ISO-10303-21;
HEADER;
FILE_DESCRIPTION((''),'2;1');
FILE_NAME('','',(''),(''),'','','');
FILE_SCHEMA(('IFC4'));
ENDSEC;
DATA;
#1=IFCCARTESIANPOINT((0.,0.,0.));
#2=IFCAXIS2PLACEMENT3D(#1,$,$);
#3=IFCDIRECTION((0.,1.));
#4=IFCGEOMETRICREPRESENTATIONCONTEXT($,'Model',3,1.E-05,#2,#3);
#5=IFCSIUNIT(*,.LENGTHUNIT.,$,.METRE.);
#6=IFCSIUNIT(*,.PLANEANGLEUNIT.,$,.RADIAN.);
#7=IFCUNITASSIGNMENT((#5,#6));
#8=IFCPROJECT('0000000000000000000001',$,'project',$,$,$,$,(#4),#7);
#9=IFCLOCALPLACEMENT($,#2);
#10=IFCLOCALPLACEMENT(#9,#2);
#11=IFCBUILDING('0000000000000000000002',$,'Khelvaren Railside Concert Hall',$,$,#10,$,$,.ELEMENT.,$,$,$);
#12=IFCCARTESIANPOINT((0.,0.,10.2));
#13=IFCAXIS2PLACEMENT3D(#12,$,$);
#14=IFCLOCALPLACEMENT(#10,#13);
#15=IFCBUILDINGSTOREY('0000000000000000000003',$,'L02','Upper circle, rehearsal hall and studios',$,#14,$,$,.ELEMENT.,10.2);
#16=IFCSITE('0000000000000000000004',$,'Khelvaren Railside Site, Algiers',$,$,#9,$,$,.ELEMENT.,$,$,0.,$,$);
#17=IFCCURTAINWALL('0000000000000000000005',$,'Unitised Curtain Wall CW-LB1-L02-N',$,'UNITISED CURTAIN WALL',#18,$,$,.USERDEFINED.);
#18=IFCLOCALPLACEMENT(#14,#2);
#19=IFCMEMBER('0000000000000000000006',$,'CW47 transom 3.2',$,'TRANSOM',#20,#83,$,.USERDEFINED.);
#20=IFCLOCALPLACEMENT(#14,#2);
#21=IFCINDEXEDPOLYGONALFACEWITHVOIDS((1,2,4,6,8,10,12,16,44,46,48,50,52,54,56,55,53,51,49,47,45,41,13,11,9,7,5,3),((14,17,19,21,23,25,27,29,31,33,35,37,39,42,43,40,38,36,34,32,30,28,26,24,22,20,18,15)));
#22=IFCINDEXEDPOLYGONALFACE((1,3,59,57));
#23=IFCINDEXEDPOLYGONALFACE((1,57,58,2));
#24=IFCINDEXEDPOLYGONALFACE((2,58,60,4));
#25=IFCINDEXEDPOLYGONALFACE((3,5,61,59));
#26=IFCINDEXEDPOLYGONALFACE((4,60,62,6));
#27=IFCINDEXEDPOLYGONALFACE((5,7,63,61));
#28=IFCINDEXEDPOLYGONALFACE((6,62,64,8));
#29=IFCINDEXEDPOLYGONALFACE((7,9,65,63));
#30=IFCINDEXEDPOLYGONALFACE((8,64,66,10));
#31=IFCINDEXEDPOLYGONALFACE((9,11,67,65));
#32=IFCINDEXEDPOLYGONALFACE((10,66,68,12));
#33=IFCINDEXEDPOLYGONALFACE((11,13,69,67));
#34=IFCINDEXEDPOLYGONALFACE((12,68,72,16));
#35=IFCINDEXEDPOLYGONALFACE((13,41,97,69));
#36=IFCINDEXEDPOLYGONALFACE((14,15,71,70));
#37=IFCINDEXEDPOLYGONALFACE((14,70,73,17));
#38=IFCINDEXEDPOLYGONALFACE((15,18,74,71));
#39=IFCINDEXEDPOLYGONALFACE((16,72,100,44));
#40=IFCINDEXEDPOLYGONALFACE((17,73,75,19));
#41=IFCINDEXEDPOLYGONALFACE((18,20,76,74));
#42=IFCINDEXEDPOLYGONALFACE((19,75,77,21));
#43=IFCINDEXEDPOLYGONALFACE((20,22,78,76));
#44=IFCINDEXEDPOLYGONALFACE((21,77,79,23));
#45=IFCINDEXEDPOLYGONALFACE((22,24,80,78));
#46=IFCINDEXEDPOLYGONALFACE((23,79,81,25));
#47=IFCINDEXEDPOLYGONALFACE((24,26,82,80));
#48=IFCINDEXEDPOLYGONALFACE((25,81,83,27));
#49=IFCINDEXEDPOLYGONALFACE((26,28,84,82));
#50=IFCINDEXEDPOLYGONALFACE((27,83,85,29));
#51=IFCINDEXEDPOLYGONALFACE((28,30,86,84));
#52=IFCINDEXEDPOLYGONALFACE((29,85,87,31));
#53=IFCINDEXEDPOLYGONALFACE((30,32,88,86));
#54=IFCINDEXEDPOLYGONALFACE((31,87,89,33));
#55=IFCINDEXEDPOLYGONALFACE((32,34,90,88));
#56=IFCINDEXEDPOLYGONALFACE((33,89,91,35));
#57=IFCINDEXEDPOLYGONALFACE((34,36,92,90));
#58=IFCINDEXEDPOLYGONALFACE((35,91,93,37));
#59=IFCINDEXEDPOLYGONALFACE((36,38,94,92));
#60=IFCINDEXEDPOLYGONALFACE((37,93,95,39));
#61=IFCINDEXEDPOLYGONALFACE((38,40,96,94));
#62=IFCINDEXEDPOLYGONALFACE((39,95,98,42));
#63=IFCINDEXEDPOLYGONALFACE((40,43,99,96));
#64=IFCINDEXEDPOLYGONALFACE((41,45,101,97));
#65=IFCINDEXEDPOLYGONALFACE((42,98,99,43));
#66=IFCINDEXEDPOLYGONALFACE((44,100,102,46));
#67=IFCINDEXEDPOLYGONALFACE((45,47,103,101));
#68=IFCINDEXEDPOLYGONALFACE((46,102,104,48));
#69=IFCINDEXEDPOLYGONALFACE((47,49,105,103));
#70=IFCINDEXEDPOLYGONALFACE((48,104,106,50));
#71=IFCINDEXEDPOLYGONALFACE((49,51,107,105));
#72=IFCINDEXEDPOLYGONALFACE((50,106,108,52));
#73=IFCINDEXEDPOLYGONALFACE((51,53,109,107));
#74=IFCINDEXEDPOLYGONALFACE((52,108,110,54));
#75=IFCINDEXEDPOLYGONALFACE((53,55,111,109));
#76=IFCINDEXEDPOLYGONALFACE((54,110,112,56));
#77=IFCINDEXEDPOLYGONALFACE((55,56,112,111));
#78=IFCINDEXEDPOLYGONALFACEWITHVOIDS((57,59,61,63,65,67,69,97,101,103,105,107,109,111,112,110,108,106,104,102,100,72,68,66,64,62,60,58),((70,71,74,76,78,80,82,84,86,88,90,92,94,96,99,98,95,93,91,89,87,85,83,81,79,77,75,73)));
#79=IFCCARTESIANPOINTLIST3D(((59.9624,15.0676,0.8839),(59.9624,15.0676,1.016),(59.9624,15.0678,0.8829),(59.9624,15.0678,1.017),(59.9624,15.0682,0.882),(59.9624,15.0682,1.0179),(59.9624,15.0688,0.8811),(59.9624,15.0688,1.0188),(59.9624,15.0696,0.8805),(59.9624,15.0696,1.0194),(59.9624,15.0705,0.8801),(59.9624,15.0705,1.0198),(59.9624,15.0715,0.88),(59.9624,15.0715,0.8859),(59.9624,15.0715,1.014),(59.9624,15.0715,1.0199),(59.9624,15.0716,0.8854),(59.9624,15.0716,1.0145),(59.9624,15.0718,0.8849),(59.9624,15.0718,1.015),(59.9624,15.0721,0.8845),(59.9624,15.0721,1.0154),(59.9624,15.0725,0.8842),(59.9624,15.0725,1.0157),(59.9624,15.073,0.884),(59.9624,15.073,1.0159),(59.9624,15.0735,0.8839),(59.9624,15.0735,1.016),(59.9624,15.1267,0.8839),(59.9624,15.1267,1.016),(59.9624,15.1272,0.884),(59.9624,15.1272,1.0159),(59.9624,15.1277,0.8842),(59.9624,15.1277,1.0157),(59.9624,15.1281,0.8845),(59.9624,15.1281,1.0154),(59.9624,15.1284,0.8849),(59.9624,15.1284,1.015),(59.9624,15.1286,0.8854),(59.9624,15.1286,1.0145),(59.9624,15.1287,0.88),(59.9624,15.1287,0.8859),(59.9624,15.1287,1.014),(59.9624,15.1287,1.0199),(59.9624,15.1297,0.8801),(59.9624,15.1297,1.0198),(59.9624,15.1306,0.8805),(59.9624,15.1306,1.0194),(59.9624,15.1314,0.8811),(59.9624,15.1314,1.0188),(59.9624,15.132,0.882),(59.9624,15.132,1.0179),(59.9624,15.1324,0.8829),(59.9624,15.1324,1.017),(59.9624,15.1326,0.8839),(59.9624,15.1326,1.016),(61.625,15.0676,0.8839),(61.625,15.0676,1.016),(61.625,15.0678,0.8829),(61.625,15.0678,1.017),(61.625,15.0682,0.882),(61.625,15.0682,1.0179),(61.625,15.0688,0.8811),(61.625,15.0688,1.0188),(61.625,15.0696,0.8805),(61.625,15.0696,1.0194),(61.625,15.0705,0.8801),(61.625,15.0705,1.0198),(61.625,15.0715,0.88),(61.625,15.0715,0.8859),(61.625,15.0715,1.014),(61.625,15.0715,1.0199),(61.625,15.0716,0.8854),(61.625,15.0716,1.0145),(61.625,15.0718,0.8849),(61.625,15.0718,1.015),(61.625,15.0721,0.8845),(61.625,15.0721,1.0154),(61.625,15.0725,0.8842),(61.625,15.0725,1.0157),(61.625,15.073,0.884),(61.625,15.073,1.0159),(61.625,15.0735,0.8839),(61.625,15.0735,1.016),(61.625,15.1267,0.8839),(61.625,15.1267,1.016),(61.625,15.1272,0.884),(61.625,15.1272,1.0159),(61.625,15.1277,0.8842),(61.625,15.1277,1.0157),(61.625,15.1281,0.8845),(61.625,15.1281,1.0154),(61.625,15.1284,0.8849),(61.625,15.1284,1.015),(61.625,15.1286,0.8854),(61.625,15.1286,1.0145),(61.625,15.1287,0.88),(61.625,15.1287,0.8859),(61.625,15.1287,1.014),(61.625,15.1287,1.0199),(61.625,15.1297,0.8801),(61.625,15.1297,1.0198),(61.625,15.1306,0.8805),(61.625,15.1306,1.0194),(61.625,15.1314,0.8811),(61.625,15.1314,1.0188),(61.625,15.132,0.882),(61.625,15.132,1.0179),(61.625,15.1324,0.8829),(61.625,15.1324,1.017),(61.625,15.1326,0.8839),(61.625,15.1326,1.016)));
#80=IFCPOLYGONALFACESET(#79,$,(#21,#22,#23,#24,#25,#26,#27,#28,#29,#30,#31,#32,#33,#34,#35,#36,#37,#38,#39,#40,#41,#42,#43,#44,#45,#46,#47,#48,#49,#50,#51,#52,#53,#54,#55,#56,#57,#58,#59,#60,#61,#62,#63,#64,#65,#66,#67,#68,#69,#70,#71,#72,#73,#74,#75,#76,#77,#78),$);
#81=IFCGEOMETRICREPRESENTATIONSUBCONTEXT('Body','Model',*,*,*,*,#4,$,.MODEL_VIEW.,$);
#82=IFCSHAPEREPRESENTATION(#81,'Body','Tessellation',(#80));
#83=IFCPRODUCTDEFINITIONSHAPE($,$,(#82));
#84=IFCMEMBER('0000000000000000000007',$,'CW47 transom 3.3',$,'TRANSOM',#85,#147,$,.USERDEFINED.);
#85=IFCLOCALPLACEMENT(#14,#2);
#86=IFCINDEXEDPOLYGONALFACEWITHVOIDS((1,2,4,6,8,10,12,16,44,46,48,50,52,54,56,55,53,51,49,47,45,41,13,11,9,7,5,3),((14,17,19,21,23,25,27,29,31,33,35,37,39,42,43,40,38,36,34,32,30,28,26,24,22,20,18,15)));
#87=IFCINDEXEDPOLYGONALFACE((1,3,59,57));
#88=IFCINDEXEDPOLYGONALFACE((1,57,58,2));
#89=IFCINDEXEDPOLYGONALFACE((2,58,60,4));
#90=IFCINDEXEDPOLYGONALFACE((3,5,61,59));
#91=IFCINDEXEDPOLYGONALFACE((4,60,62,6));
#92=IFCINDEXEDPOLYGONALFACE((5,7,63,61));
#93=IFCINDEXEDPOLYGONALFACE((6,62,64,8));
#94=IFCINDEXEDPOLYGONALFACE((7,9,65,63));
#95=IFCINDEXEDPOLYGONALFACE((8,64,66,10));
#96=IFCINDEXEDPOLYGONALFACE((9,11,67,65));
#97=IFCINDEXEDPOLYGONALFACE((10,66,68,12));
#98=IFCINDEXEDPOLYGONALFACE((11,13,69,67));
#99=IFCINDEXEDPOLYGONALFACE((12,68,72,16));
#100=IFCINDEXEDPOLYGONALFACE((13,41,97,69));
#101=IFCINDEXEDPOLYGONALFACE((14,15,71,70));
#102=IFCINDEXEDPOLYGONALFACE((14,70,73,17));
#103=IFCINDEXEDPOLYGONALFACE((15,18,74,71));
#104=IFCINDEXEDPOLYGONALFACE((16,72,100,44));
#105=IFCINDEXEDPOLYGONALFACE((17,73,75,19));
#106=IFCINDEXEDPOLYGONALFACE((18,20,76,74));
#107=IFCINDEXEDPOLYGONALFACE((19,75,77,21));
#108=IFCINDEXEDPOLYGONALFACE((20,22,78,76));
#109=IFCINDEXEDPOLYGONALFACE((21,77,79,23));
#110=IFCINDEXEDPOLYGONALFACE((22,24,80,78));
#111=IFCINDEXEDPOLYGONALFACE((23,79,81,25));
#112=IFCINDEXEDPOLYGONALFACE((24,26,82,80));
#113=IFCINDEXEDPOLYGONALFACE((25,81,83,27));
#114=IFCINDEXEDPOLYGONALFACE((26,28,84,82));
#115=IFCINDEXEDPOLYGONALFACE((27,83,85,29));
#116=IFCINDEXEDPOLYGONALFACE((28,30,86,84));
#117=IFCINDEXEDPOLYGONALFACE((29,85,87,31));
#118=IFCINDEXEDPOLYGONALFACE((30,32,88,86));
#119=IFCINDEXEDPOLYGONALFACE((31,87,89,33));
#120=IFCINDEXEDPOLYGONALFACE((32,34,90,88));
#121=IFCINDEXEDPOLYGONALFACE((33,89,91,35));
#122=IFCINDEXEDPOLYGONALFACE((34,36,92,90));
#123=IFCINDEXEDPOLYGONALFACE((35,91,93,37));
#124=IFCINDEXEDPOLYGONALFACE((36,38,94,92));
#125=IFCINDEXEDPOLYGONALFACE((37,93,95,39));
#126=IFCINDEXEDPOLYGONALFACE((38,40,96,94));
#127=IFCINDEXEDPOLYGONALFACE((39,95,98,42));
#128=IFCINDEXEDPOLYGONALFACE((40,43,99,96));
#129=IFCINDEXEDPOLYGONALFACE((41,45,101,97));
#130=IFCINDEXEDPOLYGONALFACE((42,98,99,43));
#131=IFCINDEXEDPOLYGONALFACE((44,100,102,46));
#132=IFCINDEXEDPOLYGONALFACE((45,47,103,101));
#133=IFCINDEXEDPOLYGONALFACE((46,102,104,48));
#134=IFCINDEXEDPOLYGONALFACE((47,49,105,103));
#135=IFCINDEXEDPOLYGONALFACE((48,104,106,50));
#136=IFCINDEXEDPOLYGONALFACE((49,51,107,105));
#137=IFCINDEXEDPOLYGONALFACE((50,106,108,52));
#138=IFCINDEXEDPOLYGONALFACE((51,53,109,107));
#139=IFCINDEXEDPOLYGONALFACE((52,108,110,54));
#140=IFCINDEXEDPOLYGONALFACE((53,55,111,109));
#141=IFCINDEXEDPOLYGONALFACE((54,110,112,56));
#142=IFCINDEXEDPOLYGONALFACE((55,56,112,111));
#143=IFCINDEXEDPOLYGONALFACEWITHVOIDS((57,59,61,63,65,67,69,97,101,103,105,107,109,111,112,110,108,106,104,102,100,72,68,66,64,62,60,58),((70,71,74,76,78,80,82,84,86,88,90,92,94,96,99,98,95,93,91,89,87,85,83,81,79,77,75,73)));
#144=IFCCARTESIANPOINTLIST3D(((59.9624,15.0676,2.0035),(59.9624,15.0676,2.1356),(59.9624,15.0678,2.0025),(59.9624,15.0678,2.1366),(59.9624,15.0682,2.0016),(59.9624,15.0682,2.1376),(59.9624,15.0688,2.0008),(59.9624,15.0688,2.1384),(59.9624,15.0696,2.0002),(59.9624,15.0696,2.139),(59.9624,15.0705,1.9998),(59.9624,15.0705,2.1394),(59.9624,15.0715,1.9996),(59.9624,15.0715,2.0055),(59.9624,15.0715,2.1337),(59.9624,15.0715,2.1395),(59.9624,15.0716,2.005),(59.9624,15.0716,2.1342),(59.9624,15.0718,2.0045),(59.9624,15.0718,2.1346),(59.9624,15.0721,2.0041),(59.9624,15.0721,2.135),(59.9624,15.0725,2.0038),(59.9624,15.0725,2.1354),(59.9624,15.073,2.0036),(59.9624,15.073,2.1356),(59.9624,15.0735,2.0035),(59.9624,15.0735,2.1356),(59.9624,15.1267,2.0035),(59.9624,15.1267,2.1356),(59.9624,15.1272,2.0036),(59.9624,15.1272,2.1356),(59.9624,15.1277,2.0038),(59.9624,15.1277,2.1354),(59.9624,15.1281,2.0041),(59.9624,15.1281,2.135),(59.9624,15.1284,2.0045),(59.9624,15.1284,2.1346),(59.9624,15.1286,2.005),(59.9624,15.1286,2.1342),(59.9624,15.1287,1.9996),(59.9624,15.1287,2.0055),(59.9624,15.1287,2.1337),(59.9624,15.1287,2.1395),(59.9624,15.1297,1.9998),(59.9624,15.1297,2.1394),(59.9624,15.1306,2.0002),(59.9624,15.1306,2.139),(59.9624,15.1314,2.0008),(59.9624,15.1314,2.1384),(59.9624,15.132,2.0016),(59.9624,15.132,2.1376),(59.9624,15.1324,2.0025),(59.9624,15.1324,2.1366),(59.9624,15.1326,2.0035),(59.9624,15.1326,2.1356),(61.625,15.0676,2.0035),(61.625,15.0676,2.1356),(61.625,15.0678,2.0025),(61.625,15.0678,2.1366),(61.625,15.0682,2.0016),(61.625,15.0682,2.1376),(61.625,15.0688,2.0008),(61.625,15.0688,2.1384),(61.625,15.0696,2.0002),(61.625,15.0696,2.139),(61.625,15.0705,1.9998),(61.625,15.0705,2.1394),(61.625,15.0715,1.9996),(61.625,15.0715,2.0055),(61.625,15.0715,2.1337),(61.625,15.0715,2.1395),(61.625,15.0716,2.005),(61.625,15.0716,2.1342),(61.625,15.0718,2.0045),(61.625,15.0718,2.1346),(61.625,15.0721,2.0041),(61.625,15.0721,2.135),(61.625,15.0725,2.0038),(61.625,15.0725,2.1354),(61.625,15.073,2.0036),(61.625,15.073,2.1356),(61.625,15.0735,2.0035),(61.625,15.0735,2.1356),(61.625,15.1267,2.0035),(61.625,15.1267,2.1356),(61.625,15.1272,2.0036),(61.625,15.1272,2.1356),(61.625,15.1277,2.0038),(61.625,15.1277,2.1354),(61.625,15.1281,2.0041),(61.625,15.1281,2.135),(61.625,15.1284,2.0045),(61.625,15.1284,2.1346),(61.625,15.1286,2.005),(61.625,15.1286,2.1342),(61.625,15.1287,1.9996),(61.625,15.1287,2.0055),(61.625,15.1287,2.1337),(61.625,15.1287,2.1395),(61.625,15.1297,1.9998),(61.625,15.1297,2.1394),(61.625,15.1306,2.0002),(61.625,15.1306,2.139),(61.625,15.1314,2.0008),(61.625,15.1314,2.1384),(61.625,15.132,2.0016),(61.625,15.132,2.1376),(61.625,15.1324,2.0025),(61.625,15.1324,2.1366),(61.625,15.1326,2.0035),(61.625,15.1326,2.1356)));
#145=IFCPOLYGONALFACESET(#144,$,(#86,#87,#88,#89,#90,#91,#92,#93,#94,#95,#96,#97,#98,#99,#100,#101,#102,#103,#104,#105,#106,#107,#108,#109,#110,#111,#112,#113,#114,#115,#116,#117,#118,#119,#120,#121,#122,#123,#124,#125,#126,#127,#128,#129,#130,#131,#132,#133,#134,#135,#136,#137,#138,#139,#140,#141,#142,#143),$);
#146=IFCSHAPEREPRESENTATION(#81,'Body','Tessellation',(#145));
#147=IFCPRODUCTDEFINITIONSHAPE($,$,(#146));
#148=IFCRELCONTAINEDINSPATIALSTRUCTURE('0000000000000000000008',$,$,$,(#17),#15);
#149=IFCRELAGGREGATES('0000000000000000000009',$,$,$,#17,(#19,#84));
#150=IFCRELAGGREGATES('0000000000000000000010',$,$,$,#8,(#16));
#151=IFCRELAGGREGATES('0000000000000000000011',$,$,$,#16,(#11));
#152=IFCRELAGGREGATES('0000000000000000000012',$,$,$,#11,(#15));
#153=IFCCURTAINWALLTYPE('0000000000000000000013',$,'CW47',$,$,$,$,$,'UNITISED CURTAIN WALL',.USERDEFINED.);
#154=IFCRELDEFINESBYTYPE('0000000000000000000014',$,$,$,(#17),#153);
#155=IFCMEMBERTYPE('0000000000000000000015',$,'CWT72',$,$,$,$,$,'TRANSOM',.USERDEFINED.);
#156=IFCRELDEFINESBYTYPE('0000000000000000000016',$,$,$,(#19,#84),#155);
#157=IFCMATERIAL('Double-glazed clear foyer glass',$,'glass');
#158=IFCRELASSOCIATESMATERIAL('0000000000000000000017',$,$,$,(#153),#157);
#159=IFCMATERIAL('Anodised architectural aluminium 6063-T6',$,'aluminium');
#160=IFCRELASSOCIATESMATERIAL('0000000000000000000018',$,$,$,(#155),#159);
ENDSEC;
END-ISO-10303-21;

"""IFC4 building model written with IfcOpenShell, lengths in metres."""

from ifc_helpers import new_model, si_unit, direction, frame, origin, origin_2d, place, context, subcontext, project, spatial, hollow_rectangle, extrude, material, material_profile, profile_set, type_object, element, aggregate, save


model = new_model("IFC4")

# Units and contexts
model_context = context("Model", 3, precision=1e-05, world=origin(), true_north=direction((0.0, 1.0)))
body_context = subcontext(model_context, "Body", "Model", "MODEL_VIEW")
ifc_project = project(units=[si_unit("LENGTHUNIT", "METRE"), si_unit("PLANEANGLEUNIT", "RADIAN")], contexts=[model_context])

# Site, building, storey
site_placement = place(None, origin())
site = spatial("IfcSite", under=ifc_project, at=site_placement, Name="Khelvaren Railside Site, Algiers", CompositionType="ELEMENT", RefElevation=0.0)
building_placement = place(site_placement, origin())
building = spatial("IfcBuilding", under=site, at=building_placement, Name="Khelvaren Railside Concert Hall", CompositionType="ELEMENT")
storey_placement = place(building_placement, frame((0.0, 0.0, 10.2)))
storey = spatial("IfcBuildingStorey", under=building, at=storey_placement, Name="L02", Description="Upper circle, rehearsal hall and studios", CompositionType="ELEMENT", Elevation=10.2)

# Shared definitions
ifc_material_1 = material(Name="Double-glazed clear foyer glass", Category="glass")
curtain_wall_type = type_object("IfcCurtainWallType", Name="CW47", ElementType="UNITISED CURTAIN WALL", PredefinedType="USERDEFINED", material=ifc_material_1)
ifc_material_2 = material(Name="Anodised architectural aluminium 6063-T6", Category="aluminium")

# Curtain wall
curtain_wall_1_placement = place(storey_placement, origin())
curtain_wall_1 = element("IfcCurtainWall", 1, at=curtain_wall_1_placement, inside=storey, type_object=curtain_wall_type, Name="Unitised Curtain Wall CW-LB1-L02-N", ObjectType="UNITISED CURTAIN WALL", PredefinedType="USERDEFINED")

# Members
ifc_material_profile_1 = material_profile(ifc_material_2, hollow_rectangle(XDim=0.0649, YDim=0.1399, WallThickness=0.0039, InnerFilletRadius=0.002, OuterFilletRadius=0.0039, at=origin_2d()), Name="CWT 65x140x4")
ifc_profile_set_1 = profile_set([ifc_material_profile_1], Name="Anodised architectural aluminium 6063-T6")
member_type_1 = type_object("IfcMemberType", Name="CWT72", ElementType="TRANSOM", PredefinedType="USERDEFINED", material=ifc_profile_set_1)
member_1_placement = place(storey_placement, frame((59.9624, 15.1001, 0.95), z_axis=(1.0, 0.0, 0.0), x_axis=(0.0, 1.0, 0.0)))
member_1 = element("IfcMember", 2, at=member_1_placement, type_object=member_type_1, Name="CW47 transom 3.2", ObjectType="TRANSOM", PredefinedType="USERDEFINED", context=body_context, shape_type="SweptSolid", body=[
    extrude(hollow_rectangle(XDim=0.0649, YDim=0.1399, WallThickness=0.0039, InnerFilletRadius=0.002, OuterFilletRadius=0.0039, at=origin_2d()), origin(), (0.0, 0.0, 1.0), 1.6626),
])
member_2_placement = place(storey_placement, frame((59.9624, 15.1001, 2.0696), z_axis=(1.0, 0.0, 0.0), x_axis=(0.0, 1.0, 0.0)))
member_2 = element("IfcMember", 3, at=member_2_placement, type_object=member_type_1, Name="CW47 transom 3.3", ObjectType="TRANSOM", PredefinedType="USERDEFINED", context=body_context, shape_type="SweptSolid", body=[
    extrude(hollow_rectangle(XDim=0.0649, YDim=0.1399, WallThickness=0.0039, InnerFilletRadius=0.002, OuterFilletRadius=0.0039, at=origin_2d()), origin(), (0.0, 0.0, 1.0), 1.6626),
])

aggregate(curtain_wall_1, [member_1, member_2])

save(model, "model.ifc")
